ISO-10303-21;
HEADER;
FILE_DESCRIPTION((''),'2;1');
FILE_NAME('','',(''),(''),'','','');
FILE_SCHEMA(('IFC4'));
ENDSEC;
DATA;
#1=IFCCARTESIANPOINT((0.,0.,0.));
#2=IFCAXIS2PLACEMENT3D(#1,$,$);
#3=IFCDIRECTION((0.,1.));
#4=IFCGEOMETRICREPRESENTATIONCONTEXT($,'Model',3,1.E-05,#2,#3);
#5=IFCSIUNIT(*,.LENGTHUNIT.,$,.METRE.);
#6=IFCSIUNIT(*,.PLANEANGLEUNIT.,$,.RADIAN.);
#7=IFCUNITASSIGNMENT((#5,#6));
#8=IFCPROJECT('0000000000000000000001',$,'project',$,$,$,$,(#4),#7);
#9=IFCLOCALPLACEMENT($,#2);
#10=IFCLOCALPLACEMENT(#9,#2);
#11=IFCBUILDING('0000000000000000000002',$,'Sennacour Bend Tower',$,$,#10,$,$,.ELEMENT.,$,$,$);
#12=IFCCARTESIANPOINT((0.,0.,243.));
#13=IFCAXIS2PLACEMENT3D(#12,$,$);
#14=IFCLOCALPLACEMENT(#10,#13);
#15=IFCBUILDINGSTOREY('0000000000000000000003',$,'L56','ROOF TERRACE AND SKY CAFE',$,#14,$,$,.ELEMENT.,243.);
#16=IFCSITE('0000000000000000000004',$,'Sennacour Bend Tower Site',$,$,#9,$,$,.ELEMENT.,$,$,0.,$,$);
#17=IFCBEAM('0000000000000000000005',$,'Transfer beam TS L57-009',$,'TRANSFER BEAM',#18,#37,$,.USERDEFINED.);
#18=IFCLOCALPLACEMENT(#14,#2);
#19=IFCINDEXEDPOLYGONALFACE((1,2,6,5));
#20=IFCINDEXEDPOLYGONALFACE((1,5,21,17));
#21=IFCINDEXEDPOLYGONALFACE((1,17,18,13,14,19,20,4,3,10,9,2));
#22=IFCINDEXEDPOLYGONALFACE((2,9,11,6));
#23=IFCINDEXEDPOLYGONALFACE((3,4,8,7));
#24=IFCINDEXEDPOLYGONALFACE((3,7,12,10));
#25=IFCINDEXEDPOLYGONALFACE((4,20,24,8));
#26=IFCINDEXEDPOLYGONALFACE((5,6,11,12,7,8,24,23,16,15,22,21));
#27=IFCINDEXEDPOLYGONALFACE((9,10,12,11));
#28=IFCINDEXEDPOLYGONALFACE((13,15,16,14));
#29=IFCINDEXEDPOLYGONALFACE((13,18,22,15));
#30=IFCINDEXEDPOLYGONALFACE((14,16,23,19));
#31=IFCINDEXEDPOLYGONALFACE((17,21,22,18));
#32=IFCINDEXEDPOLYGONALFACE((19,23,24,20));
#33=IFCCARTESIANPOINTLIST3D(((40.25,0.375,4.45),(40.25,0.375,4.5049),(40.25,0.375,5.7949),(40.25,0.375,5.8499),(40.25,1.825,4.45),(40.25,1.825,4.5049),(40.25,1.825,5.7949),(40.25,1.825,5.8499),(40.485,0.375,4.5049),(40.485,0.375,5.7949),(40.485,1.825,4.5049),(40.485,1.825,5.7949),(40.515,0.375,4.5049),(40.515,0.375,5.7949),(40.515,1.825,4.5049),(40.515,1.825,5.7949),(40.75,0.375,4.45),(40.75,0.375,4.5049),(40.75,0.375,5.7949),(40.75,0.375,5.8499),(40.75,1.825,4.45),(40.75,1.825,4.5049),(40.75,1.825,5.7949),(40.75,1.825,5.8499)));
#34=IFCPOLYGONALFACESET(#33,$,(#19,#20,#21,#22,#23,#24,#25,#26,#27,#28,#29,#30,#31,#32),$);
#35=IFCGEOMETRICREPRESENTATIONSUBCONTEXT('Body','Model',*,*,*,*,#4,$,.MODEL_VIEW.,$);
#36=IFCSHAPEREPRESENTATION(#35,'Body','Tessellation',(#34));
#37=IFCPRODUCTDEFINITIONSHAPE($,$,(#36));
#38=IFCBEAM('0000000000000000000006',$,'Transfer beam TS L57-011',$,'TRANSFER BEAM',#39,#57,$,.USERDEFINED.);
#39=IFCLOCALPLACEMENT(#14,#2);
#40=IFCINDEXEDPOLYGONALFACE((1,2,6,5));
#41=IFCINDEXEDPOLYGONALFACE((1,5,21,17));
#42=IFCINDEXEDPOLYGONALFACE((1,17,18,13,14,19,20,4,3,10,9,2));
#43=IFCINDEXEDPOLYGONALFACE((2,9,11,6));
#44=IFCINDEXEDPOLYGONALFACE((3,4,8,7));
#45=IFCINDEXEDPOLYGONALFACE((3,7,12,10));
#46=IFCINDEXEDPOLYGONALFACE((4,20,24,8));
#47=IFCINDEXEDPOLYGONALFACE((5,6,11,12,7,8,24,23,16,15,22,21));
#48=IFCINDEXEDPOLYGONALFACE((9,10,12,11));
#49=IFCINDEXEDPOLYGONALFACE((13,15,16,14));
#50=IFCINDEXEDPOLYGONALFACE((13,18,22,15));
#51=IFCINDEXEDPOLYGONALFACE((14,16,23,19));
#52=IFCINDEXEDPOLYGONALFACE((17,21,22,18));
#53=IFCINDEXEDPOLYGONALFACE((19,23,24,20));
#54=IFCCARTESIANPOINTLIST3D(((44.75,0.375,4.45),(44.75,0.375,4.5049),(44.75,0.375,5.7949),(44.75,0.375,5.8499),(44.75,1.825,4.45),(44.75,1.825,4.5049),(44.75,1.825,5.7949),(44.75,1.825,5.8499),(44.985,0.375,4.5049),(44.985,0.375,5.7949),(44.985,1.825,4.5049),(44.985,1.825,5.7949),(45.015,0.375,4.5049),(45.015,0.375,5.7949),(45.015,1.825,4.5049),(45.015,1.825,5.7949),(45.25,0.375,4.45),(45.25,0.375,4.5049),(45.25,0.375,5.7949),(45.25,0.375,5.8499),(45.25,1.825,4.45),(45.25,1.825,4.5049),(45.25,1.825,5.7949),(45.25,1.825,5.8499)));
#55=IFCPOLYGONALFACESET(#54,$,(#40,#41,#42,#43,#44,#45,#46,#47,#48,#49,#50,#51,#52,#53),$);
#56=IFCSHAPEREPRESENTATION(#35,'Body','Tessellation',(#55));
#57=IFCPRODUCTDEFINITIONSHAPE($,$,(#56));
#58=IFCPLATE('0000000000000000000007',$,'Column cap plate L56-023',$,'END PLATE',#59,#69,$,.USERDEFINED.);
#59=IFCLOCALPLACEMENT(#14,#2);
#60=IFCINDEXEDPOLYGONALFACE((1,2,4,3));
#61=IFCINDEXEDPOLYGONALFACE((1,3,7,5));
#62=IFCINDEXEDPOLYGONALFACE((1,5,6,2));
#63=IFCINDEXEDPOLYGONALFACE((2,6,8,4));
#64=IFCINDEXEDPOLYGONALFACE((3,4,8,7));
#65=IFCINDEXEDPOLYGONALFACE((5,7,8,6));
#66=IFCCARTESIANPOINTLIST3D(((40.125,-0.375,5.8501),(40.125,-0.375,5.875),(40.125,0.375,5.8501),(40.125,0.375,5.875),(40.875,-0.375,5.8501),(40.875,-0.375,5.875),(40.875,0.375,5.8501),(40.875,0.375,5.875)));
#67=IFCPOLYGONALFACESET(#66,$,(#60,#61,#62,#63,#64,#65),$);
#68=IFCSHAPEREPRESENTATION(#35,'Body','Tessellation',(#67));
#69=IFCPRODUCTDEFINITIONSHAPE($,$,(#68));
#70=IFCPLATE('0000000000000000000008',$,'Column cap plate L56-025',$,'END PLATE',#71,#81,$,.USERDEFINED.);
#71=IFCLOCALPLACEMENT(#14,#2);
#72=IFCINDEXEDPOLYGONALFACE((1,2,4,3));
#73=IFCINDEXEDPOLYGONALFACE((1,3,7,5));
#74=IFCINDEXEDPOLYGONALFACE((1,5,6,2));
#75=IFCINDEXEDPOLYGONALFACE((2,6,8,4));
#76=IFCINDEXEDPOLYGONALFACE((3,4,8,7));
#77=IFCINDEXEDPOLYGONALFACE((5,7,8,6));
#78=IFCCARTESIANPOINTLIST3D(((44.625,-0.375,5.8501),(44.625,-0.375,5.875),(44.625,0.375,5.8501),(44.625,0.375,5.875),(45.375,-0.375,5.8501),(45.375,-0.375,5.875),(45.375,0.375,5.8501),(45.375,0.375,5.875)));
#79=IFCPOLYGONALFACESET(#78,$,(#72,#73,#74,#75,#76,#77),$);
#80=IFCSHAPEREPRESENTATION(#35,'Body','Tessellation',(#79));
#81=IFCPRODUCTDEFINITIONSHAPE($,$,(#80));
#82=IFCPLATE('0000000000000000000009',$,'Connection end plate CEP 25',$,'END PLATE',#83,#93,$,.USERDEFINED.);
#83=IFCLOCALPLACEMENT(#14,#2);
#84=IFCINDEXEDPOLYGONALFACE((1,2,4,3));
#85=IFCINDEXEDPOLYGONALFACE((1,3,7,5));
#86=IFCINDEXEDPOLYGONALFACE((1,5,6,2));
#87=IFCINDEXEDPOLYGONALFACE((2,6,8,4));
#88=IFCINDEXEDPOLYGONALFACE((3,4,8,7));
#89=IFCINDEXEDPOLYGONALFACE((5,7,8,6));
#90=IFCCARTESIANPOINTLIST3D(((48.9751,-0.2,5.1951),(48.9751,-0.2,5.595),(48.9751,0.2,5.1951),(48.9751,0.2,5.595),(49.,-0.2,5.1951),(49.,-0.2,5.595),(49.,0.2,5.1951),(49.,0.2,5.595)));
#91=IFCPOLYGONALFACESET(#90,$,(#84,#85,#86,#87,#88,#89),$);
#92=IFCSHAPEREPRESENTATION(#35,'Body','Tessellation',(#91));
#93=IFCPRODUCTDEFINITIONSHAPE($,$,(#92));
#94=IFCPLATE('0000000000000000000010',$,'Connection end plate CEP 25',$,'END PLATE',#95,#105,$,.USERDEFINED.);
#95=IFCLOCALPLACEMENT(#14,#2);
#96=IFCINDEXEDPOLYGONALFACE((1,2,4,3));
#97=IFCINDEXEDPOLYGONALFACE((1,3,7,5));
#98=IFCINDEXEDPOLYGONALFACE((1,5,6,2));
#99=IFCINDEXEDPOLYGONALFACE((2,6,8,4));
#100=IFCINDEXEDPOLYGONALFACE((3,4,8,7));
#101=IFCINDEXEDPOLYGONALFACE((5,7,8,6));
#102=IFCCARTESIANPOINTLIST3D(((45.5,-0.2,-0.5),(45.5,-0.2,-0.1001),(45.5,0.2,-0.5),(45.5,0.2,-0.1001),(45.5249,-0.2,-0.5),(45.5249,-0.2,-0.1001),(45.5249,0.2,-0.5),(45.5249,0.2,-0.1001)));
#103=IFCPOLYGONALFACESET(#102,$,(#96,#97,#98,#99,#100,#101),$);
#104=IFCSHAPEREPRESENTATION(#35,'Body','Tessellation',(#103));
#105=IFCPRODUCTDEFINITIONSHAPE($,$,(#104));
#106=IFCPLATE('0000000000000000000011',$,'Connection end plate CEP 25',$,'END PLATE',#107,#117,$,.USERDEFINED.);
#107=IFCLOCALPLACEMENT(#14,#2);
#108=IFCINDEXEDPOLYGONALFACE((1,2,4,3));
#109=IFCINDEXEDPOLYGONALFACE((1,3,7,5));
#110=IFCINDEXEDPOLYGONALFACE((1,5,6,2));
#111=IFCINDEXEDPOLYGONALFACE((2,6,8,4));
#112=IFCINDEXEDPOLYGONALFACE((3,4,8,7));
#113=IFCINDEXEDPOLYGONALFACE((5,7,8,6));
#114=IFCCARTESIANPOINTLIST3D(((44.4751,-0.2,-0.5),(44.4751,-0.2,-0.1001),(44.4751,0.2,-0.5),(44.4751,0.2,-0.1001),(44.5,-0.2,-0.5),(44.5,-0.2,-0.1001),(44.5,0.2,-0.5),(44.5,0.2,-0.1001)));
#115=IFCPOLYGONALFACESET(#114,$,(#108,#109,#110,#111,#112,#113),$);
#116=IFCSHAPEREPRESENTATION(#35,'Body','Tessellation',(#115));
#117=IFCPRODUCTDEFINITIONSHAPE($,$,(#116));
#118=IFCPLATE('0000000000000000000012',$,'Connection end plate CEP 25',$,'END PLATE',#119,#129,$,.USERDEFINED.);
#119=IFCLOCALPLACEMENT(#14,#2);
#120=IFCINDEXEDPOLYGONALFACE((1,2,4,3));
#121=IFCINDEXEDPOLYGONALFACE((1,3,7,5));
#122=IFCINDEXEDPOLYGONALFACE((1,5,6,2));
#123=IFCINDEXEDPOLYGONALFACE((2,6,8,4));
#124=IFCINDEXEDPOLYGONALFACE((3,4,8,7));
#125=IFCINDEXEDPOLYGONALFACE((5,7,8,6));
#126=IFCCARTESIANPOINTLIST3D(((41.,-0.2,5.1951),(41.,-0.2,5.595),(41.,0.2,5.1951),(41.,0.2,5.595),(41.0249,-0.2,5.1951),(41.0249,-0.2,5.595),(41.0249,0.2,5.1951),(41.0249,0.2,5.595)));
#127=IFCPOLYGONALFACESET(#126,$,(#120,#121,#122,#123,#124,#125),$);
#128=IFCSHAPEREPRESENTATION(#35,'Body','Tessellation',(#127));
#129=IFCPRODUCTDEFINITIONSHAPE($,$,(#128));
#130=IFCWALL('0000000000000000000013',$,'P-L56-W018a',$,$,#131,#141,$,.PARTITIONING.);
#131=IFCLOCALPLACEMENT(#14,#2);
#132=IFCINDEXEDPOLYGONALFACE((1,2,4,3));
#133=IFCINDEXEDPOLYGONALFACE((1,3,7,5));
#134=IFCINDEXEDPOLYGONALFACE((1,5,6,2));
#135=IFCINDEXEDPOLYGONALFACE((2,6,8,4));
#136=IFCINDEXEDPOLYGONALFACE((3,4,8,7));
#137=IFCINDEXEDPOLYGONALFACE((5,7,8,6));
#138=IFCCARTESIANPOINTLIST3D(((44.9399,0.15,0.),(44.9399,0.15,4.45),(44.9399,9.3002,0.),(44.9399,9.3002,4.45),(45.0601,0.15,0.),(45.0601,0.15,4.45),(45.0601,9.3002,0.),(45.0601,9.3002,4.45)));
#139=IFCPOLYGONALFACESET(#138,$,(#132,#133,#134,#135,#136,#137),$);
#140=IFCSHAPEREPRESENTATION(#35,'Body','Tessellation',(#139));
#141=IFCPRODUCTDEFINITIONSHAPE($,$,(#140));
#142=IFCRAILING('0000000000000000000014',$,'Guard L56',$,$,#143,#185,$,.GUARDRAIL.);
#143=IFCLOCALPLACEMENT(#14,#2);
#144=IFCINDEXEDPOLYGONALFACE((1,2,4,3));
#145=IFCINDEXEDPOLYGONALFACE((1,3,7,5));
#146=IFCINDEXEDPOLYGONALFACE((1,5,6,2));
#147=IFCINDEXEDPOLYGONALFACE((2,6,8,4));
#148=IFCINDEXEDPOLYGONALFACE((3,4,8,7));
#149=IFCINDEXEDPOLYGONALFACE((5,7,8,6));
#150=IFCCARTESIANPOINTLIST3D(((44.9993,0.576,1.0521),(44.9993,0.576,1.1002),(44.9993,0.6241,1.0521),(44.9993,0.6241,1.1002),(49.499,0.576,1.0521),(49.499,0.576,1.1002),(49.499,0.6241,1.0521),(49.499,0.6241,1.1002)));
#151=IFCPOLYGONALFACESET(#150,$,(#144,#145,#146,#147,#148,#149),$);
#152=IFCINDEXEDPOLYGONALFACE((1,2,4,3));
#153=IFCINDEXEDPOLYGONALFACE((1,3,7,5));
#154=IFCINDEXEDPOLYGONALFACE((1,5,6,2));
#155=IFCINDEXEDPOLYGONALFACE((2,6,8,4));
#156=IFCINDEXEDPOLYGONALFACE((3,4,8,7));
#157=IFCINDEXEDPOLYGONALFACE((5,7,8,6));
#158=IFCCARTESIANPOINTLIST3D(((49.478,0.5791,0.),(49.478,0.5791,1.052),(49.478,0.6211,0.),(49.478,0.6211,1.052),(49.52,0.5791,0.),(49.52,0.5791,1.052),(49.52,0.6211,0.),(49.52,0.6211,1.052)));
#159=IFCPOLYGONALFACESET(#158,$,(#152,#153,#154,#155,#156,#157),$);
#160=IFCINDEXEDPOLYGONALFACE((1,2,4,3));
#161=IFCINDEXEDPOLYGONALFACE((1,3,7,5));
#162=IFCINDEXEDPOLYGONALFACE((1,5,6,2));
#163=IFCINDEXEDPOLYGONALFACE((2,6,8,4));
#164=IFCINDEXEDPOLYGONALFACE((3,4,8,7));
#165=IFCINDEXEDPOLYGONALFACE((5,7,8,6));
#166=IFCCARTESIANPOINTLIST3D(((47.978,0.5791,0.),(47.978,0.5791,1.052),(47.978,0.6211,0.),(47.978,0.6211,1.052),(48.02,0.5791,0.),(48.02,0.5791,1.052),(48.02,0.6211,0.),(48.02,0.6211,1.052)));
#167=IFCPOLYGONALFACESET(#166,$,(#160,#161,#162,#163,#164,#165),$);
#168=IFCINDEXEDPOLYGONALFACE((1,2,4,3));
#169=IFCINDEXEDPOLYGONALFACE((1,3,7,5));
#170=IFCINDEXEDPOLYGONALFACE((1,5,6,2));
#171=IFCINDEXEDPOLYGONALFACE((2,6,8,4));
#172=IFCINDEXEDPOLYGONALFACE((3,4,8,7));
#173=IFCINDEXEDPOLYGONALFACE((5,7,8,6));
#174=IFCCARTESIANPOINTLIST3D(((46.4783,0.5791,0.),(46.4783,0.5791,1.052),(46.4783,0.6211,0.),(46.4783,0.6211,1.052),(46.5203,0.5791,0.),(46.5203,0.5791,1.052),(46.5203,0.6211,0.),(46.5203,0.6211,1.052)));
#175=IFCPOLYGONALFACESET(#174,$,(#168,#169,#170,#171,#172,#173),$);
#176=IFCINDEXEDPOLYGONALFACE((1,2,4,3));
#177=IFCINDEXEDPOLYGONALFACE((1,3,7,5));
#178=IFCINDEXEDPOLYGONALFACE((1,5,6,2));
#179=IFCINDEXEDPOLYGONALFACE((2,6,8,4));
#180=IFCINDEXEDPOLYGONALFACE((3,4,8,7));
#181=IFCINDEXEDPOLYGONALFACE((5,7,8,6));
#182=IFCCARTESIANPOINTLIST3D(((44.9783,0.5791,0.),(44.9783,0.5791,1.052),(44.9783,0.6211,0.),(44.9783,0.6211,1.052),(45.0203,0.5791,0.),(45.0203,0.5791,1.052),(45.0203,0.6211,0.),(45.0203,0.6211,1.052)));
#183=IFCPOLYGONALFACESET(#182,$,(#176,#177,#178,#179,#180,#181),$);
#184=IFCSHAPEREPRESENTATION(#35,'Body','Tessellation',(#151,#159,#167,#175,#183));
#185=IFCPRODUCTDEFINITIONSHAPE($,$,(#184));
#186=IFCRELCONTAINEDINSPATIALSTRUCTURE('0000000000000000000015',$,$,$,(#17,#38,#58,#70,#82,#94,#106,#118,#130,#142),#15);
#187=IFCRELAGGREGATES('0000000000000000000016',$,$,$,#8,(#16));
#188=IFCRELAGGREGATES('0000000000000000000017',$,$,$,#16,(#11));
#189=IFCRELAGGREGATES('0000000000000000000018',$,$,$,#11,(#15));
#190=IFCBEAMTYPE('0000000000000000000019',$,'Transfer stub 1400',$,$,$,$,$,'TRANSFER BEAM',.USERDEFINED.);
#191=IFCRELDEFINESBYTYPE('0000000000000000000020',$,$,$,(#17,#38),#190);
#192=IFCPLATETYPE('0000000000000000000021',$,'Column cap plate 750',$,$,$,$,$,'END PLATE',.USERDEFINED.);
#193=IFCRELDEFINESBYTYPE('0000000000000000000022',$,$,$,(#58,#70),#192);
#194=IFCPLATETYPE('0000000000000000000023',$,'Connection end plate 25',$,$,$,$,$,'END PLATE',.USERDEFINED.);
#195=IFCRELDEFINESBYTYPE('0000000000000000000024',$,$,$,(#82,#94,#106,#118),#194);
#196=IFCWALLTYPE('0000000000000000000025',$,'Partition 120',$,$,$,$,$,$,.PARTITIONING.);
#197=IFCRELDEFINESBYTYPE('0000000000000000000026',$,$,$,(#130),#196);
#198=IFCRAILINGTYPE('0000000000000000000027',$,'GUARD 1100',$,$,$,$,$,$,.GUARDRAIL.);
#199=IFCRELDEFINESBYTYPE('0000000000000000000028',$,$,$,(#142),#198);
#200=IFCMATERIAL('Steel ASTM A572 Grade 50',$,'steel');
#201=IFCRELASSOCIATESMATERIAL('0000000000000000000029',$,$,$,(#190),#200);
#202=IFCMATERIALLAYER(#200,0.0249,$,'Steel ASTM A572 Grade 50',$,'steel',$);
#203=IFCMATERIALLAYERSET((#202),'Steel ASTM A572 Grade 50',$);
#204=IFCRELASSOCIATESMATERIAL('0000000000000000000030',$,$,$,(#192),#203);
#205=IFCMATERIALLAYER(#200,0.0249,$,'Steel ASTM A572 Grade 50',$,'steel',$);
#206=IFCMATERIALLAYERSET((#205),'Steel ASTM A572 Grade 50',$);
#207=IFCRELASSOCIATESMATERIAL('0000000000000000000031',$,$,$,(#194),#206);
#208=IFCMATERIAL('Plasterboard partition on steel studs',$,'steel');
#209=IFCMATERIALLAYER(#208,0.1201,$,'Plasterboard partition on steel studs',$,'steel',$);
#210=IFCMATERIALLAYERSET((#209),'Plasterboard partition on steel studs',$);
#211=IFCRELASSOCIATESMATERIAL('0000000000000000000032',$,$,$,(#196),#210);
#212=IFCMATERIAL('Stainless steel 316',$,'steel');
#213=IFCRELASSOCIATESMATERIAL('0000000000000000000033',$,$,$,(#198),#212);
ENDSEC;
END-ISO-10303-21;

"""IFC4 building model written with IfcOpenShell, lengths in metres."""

from ifc_helpers import new_model, si_unit, direction, frame, frame_2d, origin, origin_2d, place, context, subcontext, project, spatial, rectangle, i_section, extrude, material, layer, layer_set, material_profile, profile_set, type_object, element, save


model = new_model("IFC4")

# Units and contexts
model_context = context("Model", 3, precision=1e-05, world=origin(), true_north=direction((0.0, 1.0)))
body_context = subcontext(model_context, "Body", "Model", "MODEL_VIEW")
ifc_project = project(units=[si_unit("LENGTHUNIT", "METRE"), si_unit("PLANEANGLEUNIT", "RADIAN")], contexts=[model_context])

# Site, building, storey
site_placement = place(None, origin())
site = spatial("IfcSite", under=ifc_project, at=site_placement, Name="Sennacour Bend Tower Site", CompositionType="ELEMENT", RefElevation=0.0)
building_placement = place(site_placement, origin())
building = spatial("IfcBuilding", under=site, at=building_placement, Name="Sennacour Bend Tower", CompositionType="ELEMENT")
storey_placement = place(building_placement, frame((0.0, 0.0, 243.0)))
storey = spatial("IfcBuildingStorey", under=building, at=storey_placement, Name="L56", Description="ROOF TERRACE AND SKY CAFE", CompositionType="ELEMENT", Elevation=243.0)

# Shared definitions
ifc_material_1 = material(Name="Steel ASTM A572 Grade 50", Category="steel")

# Beams
ifc_material_profile_1 = material_profile(ifc_material_1, i_section(OverallWidth=0.5, OverallDepth=1.3999, WebThickness=0.03, FlangeThickness=0.0549, at=origin_2d()), Name="Steel ASTM A572 Grade 50", Category="steel")
ifc_profile_set_1 = profile_set([ifc_material_profile_1], Name="Steel ASTM A572 Grade 50")
beam_type_1 = type_object("IfcBeamType", Name="Transfer stub 1400", ElementType="TRANSFER BEAM", PredefinedType="USERDEFINED", material=ifc_profile_set_1)
for number, where, z_axis, x_axis, name in (
    (1, (40.5, 0.375, 5.1499), (0.0, 1.0, 0.0), (-1.0, 0.0, 0.0), "Transfer beam TS L57-009"),
    (2, (45.0, 0.375, 5.1499), (0.0, 1.0, 0.0), (-1.0, 0.0, 0.0), "Transfer beam TS L57-011"),
):
    element("IfcBeam", number, at=place(storey_placement, frame(where, z_axis=z_axis, x_axis=x_axis)), inside=storey, type_object=beam_type_1, Name=name, ObjectType="TRANSFER BEAM", PredefinedType="USERDEFINED", context=body_context, shape_type="SweptSolid", body=[
        extrude(i_section(OverallWidth=0.5, OverallDepth=1.3999, WebThickness=0.03, FlangeThickness=0.0549, at=origin_2d()), origin(), (0.0, 0.0, 1.0), 1.45),
    ])

# Plates
ifc_layer_1 = layer(ifc_material_1, 0.0249, Name="Steel ASTM A572 Grade 50", Category="steel")
ifc_layer_set_1 = layer_set([ifc_layer_1], Name="Steel ASTM A572 Grade 50")
plate_type_1 = type_object("IfcPlateType", Name="Column cap plate 750", ElementType="END PLATE", PredefinedType="USERDEFINED", material=ifc_layer_set_1)
for number, where, z_axis, x_axis, name in (
    (3, (40.5, 0.0, 5.8501), (0.0, 0.0, 1.0), (1.0, 0.0, 0.0), "Column cap plate L56-023"),
    (4, (45.0, 0.0, 5.8501), (0.0, 0.0, 1.0), (1.0, 0.0, 0.0), "Column cap plate L56-025"),
):
    element("IfcPlate", number, at=place(storey_placement, frame(where, z_axis=z_axis, x_axis=x_axis)), inside=storey, type_object=plate_type_1, Name=name, ObjectType="END PLATE", PredefinedType="USERDEFINED", context=body_context, shape_type="SweptSolid", body=[
        extrude(rectangle(XDim=0.75, YDim=0.75, at=origin_2d()), origin(), (0.0, 0.0, 1.0), 0.0249),
    ])
ifc_layer_2 = layer(ifc_material_1, 0.0249, Name="Steel ASTM A572 Grade 50", Category="steel")
ifc_layer_set_2 = layer_set([ifc_layer_2], Name="Steel ASTM A572 Grade 50")
plate_type_2 = type_object("IfcPlateType", Name="Connection end plate 25", ElementType="END PLATE", PredefinedType="USERDEFINED", material=ifc_layer_set_2)
for number, where, z_axis, x_axis, name in (
    (5, (48.9875, 0.0, 5.1951), (0.0, 0.0, 1.0), (1.0, 0.0, 0.0), "Connection end plate CEP 25"),
    (6, (45.5125, 0.0, -0.5), (0.0, 0.0, 1.0), (-1.0, 0.0, 0.0), "Connection end plate CEP 25"),
    (7, (44.4875, 0.0, -0.5), (0.0, 0.0, 1.0), (1.0, 0.0, 0.0), "Connection end plate CEP 25"),
    (8, (41.0125, 0.0, 5.1951), (0.0, 0.0, 1.0), (-1.0, 0.0, 0.0), "Connection end plate CEP 25"),
):
    element("IfcPlate", number, at=place(storey_placement, frame(where, z_axis=z_axis, x_axis=x_axis)), inside=storey, type_object=plate_type_2, Name=name, ObjectType="END PLATE", PredefinedType="USERDEFINED", context=body_context, shape_type="SweptSolid", body=[
        extrude(rectangle(XDim=0.0249, YDim=0.3999, at=origin_2d()), origin(), (0.0, 0.0, 1.0), 0.3999),
    ])

# Wall
ifc_material_2 = material(Name="Plasterboard partition on steel studs", Category="steel")
ifc_layer_3 = layer(ifc_material_2, 0.1201, Name="Plasterboard partition on steel studs", Category="steel")
ifc_layer_set_3 = layer_set([ifc_layer_3], Name="Plasterboard partition on steel studs")
wall_type = type_object("IfcWallType", Name="Partition 120", PredefinedType="PARTITIONING", material=ifc_layer_set_3)
wall_placement = place(storey_placement, frame((45.0, 0.1499, 0.0), z_axis=(0.0, 0.0, 1.0), x_axis=(0.0, 1.0, 0.0)))
element("IfcWall", 9, at=wall_placement, inside=storey, type_object=wall_type, Name="P-L56-W018a", PredefinedType="PARTITIONING", context=body_context, shape_type="SweptSolid", body=[
    extrude(rectangle(XDim=9.1501, YDim=0.1201, at=frame_2d((4.5752, 0.0))), origin(), (0.0, 0.0, 1.0), 4.45),
])

# Railing
ifc_material_3 = material(Name="Stainless steel 316", Category="steel")
railing_type = type_object("IfcRailingType", Name="GUARD 1100", PredefinedType="GUARDRAIL", material=ifc_material_3)
for number, where, name in (
    (10, (49.499, 0.6001, 0.0), "Guard L56"),
):
    element("IfcRailing", number, at=place(storey_placement, frame(where)), inside=storey, type_object=railing_type, Name=name, PredefinedType="GUARDRAIL", context=body_context, shape_type="SweptSolid", body=[
        extrude(rectangle(XDim=0.0481, YDim=0.0481, at=origin_2d()), frame((0.0, 0.0, 1.0762), z_axis=(-1.0, 0.0, 0.0), x_axis=(0.0, -1.0, 0.0)), (0.0, 0.0, 1.0), 4.4998),
        extrude(rectangle(XDim=0.042, YDim=0.042, at=origin_2d()), origin(), (0.0, 0.0, 1.0), 1.052),
        extrude(rectangle(XDim=0.042, YDim=0.042, at=origin_2d()), frame((-1.5, 0.0, 0.0)), (0.0, 0.0, 1.0), 1.052),
        extrude(rectangle(XDim=0.042, YDim=0.042, at=origin_2d()), frame((-2.9998, 0.0, 0.0)), (0.0, 0.0, 1.0), 1.052),
        extrude(rectangle(XDim=0.042, YDim=0.042, at=origin_2d()), frame((-4.4998, 0.0, 0.0)), (0.0, 0.0, 1.0), 1.052),
    ])

save(model, "model.ifc")
